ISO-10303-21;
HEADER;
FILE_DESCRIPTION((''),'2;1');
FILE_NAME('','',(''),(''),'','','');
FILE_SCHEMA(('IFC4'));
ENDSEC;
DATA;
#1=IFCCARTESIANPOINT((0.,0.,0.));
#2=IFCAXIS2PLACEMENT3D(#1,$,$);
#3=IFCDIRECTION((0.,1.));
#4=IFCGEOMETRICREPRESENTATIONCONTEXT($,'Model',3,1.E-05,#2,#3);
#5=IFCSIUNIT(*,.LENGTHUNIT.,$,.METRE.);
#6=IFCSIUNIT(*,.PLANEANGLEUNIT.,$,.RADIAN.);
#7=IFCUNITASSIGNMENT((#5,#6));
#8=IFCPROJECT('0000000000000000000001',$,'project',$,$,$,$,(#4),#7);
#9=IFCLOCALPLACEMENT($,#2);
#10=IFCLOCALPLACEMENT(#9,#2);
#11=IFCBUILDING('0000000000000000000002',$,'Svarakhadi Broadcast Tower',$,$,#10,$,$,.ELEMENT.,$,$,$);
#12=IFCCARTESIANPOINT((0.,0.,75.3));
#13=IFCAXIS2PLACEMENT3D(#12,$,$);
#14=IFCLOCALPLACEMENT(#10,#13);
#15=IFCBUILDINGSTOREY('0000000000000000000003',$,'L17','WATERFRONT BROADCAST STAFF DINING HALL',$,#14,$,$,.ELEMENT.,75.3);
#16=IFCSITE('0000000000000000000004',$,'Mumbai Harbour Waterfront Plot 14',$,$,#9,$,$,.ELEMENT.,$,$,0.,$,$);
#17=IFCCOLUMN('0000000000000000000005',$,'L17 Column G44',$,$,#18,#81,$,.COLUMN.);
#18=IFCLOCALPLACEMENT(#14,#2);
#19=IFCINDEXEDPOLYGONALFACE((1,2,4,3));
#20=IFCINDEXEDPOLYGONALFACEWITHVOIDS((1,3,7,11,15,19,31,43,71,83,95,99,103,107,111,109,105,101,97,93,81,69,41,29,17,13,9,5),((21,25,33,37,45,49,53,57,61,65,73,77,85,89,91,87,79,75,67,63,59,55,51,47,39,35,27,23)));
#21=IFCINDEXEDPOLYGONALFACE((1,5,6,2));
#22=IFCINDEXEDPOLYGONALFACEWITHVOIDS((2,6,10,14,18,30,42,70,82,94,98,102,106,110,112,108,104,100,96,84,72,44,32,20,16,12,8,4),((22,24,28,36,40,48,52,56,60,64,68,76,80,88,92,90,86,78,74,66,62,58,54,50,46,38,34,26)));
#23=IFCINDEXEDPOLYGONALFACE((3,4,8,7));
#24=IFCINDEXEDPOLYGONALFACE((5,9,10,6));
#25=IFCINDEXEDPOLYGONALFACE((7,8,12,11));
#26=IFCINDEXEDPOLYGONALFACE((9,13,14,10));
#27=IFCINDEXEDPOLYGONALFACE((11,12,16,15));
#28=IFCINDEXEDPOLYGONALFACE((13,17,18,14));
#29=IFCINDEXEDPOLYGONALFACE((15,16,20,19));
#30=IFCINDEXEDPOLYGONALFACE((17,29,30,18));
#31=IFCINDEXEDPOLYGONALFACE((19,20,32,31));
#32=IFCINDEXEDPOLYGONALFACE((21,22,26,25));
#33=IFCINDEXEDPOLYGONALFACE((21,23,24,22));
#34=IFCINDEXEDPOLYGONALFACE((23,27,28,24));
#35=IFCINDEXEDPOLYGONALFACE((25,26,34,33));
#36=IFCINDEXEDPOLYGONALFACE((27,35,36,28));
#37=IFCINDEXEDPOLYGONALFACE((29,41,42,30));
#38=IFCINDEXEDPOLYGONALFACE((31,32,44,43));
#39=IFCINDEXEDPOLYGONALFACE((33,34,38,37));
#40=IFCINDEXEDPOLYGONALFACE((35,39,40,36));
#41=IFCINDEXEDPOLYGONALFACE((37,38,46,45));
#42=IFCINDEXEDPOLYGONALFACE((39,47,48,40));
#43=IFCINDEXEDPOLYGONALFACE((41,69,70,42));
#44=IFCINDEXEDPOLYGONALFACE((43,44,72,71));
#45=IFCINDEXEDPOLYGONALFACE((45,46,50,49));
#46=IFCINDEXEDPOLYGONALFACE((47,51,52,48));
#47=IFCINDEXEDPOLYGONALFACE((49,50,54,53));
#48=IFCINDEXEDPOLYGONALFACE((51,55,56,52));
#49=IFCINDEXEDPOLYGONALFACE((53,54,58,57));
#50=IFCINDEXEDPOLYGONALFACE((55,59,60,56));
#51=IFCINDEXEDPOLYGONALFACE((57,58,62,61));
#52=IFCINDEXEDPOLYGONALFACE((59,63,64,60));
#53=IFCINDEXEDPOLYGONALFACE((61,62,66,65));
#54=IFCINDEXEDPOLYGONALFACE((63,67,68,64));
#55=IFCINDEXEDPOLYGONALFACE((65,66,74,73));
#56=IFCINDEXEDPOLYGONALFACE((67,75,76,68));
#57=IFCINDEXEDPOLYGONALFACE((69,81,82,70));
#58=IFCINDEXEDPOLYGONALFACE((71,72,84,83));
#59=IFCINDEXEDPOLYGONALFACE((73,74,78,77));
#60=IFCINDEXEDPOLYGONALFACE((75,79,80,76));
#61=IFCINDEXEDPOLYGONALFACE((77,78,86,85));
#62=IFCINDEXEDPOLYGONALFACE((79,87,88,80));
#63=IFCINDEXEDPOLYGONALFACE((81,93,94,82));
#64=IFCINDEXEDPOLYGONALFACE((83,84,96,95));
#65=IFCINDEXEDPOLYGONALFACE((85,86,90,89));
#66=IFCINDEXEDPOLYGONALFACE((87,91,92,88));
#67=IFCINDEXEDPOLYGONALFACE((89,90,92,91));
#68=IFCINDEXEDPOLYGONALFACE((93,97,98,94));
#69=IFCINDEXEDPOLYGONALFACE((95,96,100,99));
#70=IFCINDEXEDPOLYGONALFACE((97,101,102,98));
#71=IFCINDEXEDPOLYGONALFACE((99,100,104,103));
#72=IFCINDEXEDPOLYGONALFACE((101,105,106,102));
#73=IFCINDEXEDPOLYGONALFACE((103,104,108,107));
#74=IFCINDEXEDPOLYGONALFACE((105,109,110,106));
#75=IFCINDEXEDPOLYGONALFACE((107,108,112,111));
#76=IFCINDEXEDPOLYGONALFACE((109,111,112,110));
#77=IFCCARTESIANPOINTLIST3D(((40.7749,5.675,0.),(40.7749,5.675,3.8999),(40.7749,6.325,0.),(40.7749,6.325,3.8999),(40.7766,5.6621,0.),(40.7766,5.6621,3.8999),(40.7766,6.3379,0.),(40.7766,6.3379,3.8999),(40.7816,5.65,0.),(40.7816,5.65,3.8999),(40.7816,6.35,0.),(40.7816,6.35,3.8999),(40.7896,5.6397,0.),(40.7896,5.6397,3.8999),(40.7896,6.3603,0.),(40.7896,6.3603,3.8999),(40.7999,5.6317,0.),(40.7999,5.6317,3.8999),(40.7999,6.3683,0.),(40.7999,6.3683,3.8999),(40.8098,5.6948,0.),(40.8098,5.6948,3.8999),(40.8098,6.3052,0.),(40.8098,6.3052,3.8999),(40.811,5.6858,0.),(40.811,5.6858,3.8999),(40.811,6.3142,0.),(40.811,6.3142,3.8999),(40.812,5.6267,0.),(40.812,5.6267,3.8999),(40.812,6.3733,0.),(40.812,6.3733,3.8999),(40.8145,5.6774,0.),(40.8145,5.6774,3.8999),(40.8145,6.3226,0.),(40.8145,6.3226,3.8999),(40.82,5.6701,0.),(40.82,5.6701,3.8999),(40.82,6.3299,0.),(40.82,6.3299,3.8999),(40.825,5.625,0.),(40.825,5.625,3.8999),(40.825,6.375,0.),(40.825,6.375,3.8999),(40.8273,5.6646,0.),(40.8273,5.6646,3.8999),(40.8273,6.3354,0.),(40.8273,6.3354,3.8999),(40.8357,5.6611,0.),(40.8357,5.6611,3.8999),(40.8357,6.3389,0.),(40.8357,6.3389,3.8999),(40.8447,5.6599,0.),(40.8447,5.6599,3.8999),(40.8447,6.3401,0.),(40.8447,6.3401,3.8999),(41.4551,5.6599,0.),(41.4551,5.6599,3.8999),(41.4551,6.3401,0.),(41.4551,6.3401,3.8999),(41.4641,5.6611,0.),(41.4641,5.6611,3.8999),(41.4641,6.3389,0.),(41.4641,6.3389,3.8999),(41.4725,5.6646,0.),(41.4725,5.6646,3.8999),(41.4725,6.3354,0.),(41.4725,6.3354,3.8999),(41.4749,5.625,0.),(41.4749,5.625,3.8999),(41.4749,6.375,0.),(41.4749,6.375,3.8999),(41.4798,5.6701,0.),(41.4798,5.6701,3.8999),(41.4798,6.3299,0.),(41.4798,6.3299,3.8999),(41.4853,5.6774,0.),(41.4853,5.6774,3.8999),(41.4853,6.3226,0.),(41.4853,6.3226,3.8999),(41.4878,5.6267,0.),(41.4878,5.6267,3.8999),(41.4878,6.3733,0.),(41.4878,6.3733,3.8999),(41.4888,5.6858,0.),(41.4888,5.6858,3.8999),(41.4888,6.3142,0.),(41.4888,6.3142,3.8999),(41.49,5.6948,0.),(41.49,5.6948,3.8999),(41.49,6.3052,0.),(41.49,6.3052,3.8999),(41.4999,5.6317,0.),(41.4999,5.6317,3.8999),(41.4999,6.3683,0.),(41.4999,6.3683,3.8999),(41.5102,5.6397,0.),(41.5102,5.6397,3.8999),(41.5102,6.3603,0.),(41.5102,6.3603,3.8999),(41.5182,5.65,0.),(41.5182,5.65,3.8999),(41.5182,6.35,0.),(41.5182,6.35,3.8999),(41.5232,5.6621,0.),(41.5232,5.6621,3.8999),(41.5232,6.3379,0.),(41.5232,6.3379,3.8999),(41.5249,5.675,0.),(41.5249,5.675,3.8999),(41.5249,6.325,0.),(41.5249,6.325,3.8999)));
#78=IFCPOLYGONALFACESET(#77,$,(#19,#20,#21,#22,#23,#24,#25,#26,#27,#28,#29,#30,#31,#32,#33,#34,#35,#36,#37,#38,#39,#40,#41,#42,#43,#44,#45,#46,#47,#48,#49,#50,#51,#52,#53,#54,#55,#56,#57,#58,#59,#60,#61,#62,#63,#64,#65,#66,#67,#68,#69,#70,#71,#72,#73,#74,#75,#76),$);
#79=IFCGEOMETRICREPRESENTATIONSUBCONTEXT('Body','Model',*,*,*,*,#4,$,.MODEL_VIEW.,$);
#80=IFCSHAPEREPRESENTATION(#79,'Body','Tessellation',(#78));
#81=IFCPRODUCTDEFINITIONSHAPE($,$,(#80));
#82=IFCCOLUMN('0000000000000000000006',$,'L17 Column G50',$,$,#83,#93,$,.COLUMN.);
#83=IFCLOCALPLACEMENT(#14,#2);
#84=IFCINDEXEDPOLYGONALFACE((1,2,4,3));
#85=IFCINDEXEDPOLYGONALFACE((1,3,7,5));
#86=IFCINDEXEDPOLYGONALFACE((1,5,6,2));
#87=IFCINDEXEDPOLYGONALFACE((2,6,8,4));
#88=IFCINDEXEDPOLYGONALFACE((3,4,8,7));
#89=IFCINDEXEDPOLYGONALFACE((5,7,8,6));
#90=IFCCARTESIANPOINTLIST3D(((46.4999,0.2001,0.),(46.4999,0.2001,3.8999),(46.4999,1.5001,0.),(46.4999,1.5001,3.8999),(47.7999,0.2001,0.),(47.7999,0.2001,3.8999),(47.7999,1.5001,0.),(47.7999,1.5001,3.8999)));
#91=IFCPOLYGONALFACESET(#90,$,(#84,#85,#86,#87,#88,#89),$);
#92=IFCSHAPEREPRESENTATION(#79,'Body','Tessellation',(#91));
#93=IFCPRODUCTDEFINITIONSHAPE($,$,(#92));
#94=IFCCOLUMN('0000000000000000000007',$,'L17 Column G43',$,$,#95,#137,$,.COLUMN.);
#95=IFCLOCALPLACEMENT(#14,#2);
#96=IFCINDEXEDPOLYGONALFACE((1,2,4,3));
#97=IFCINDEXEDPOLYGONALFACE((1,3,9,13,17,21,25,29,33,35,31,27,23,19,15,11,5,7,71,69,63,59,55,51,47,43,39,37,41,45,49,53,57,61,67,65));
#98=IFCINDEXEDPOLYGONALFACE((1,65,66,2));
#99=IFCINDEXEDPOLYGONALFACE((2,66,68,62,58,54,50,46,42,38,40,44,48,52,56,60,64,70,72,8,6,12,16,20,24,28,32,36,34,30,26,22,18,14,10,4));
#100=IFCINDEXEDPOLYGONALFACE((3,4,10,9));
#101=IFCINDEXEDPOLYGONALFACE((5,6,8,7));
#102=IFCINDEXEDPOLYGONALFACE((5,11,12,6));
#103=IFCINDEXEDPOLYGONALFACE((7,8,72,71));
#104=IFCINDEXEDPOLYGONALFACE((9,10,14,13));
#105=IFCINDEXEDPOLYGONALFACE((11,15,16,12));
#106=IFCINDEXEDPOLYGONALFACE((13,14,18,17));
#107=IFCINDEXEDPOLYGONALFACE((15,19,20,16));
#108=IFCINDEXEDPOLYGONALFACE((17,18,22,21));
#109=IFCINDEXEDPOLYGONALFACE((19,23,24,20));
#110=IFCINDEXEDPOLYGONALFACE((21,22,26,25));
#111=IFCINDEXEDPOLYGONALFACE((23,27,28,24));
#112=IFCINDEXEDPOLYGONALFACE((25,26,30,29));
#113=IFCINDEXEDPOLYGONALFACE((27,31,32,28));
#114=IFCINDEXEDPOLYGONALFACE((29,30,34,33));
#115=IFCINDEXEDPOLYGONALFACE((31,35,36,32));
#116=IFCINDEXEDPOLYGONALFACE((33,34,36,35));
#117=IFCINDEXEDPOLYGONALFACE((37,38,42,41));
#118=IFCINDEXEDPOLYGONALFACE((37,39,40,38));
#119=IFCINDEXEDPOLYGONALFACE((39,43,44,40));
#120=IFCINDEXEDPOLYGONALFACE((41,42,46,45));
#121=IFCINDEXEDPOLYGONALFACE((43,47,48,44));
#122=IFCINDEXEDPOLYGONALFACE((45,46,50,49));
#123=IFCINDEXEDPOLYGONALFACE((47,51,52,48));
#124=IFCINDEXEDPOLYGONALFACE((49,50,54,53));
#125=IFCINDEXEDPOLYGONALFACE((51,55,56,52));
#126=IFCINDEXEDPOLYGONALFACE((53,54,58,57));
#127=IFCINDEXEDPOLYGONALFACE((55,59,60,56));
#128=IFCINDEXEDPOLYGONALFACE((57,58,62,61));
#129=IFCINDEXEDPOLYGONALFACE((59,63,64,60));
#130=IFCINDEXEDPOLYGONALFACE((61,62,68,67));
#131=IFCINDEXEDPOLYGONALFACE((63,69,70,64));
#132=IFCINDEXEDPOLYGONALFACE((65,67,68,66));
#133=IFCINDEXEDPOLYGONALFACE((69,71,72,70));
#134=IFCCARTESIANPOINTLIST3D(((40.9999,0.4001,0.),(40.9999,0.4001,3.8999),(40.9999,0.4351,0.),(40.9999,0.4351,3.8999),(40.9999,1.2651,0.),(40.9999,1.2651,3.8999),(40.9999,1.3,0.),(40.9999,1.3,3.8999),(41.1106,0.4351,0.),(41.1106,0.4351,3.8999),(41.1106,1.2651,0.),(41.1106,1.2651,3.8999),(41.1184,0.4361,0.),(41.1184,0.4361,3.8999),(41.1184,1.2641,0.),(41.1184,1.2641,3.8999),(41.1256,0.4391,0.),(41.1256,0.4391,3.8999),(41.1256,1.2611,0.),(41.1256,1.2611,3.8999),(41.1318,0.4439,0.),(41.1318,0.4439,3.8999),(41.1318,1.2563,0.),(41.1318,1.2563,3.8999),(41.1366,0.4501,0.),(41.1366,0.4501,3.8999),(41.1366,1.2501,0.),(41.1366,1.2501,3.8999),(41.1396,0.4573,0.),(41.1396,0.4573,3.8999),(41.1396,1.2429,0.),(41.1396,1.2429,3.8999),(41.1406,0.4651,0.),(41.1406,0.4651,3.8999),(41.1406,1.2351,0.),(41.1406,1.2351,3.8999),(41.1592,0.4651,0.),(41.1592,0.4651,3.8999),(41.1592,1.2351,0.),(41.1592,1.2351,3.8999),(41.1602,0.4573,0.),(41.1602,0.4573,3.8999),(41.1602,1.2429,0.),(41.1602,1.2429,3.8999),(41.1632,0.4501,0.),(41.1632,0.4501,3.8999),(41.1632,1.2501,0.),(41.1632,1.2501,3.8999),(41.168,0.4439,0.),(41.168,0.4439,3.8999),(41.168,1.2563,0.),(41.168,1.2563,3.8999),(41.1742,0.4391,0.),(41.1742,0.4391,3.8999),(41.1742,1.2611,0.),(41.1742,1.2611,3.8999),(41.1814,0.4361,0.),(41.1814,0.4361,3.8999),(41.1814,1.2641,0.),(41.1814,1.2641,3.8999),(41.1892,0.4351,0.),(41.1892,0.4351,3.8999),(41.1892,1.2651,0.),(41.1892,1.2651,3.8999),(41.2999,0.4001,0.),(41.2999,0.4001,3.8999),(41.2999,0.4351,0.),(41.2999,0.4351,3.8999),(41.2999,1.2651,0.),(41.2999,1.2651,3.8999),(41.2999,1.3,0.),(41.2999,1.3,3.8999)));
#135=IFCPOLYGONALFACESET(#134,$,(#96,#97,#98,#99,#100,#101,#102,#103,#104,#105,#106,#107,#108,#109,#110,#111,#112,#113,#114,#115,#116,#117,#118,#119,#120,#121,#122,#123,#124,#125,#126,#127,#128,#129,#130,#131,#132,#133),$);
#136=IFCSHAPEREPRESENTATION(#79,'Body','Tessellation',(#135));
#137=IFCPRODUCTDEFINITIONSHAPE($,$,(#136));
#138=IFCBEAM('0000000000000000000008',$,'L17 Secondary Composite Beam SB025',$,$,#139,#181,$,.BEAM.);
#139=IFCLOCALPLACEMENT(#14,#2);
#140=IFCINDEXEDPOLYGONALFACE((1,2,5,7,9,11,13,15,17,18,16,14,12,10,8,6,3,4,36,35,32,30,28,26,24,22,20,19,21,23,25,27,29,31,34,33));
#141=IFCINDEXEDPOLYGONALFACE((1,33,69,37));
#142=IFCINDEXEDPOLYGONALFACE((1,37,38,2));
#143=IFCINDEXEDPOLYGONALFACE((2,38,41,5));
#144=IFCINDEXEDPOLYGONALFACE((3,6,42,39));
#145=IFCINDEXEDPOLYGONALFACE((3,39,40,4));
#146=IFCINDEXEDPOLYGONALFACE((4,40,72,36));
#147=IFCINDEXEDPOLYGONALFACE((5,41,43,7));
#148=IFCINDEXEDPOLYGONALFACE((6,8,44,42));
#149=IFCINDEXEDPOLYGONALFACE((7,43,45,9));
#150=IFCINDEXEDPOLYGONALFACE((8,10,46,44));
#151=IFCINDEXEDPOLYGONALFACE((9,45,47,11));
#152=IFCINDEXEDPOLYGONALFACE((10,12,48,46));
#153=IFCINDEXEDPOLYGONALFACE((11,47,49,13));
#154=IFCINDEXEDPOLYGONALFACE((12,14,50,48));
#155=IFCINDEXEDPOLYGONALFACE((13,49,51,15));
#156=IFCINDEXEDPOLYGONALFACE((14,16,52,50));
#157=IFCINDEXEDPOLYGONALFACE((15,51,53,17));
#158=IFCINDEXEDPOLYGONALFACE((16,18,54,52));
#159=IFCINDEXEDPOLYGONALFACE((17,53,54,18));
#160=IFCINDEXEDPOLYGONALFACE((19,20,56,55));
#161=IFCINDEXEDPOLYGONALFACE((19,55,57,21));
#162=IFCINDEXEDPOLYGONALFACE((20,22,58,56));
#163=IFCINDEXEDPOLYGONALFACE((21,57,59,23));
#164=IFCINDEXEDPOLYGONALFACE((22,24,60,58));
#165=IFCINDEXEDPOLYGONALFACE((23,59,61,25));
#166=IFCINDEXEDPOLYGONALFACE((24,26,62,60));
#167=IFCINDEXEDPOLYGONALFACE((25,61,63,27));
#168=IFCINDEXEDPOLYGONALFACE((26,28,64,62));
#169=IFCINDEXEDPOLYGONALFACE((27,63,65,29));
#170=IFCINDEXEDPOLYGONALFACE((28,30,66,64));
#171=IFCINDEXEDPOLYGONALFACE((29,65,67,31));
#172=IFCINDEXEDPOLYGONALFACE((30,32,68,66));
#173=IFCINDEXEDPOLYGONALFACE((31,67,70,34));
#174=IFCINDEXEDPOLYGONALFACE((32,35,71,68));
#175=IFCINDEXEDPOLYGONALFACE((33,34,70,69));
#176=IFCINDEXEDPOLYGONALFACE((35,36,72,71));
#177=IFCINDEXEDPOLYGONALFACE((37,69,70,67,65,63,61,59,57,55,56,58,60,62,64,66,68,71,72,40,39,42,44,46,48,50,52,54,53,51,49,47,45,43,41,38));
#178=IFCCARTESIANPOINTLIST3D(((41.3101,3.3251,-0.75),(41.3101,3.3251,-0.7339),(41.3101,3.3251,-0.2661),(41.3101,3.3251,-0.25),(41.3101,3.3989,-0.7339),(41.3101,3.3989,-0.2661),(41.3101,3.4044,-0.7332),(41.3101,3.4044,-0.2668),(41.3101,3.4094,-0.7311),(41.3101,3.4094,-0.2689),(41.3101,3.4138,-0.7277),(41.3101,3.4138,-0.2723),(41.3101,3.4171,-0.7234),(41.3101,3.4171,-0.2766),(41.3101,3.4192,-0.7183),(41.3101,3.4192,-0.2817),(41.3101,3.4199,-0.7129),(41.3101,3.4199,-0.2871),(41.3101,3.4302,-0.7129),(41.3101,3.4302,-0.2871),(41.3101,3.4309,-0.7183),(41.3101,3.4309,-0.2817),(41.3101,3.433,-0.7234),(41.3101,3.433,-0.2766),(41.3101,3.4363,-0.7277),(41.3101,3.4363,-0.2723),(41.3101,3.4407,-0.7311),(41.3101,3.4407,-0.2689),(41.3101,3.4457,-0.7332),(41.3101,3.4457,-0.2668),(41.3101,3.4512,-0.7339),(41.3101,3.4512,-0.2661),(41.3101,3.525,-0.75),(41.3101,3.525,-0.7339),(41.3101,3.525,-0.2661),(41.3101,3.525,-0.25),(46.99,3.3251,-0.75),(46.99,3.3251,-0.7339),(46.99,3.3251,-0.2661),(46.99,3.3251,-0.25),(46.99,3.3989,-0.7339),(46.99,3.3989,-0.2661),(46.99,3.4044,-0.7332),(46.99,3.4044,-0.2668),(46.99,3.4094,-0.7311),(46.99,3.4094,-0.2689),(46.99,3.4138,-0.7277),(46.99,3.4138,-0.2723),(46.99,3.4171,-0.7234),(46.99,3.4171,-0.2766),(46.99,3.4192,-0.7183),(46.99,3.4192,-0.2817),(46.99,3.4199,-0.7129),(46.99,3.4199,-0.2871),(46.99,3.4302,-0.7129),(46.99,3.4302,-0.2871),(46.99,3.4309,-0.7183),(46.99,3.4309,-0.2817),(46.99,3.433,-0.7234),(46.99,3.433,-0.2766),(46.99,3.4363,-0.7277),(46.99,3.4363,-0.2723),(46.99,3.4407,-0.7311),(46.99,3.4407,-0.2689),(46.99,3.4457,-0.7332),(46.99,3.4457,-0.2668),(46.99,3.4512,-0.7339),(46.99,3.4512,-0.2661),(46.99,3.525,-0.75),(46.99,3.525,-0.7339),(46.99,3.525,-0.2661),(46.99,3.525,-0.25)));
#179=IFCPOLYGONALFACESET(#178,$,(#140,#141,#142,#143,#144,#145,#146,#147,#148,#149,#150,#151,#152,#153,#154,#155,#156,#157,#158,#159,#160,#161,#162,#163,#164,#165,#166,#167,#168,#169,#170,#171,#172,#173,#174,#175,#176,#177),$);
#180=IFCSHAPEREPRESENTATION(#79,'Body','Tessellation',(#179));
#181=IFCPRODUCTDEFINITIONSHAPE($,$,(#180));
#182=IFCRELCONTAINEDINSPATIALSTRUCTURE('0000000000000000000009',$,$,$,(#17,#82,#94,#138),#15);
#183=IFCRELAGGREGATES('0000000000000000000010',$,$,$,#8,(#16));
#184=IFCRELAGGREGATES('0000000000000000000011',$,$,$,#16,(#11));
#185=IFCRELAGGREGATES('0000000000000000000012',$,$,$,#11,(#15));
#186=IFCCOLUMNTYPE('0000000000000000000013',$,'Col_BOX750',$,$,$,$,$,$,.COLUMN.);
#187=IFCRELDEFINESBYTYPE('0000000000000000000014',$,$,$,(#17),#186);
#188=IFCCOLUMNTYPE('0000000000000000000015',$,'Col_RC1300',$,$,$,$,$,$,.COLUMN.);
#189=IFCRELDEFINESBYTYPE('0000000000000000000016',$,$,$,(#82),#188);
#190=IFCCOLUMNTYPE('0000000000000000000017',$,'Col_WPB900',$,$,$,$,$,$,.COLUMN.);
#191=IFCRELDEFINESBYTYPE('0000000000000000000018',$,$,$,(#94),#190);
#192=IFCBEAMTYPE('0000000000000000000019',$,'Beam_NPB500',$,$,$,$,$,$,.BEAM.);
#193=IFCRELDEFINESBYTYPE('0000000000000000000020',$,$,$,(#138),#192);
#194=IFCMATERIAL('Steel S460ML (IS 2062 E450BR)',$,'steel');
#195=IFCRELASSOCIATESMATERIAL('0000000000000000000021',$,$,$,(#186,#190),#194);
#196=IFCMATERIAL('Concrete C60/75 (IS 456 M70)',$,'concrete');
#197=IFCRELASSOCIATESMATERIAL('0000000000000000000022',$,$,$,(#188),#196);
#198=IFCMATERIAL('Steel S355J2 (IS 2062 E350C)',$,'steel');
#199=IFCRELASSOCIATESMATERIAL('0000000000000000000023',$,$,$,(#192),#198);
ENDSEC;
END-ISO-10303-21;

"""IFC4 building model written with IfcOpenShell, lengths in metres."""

from ifc_helpers import new_model, si_unit, direction, frame, origin, origin_2d, place, context, subcontext, project, spatial, rectangle, hollow_rectangle, i_section, extrude, material, material_profile, profile_set, type_object, element, save


model = new_model("IFC4")

# Units and contexts
model_context = context("Model", 3, precision=1e-05, world=origin(), true_north=direction((0.0, 1.0)))
body_context = subcontext(model_context, "Body", "Model", "MODEL_VIEW")
ifc_project = project(units=[si_unit("LENGTHUNIT", "METRE"), si_unit("PLANEANGLEUNIT", "RADIAN")], contexts=[model_context])

# Site, building, storey
site_placement = place(None, origin())
site = spatial("IfcSite", under=ifc_project, at=site_placement, Name="Mumbai Harbour Waterfront Plot 14", CompositionType="ELEMENT", RefElevation=0.0)
building_placement = place(site_placement, origin())
building = spatial("IfcBuilding", under=site, at=building_placement, Name="Svarakhadi Broadcast Tower", CompositionType="ELEMENT")
storey_placement = place(building_placement, frame((0.0, 0.0, 75.3)))
storey = spatial("IfcBuildingStorey", under=building, at=storey_placement, Name="L17", Description="WATERFRONT BROADCAST STAFF DINING HALL", CompositionType="ELEMENT", Elevation=75.3)

# Columns
ifc_material_1 = material(Name="Steel S460ML (IS 2062 E450BR)", Category="steel")
ifc_material_profile_1 = material_profile(ifc_material_1, hollow_rectangle(XDim=0.75, YDim=0.75, WallThickness=0.0349, InnerFilletRadius=0.0349, OuterFilletRadius=0.05, at=origin_2d()), Name="BOX 750x750x35")
ifc_profile_set_1 = profile_set([ifc_material_profile_1], Name="Steel S460ML (IS 2062 E450BR)")
column_type_1 = type_object("IfcColumnType", Name="Col_BOX750", PredefinedType="COLUMN", material=ifc_profile_set_1)
column_1_placement = place(storey_placement, frame((41.1499, 6.0, 0.0), z_axis=(0.0, 0.0, 1.0), x_axis=(1.0, 0.0, 0.0)))
element("IfcColumn", 1, at=column_1_placement, inside=storey, type_object=column_type_1, Name="L17 Column G44", PredefinedType="COLUMN", context=body_context, shape_type="SweptSolid", body=[
    extrude(hollow_rectangle(XDim=0.75, YDim=0.75, WallThickness=0.0349, InnerFilletRadius=0.0349, OuterFilletRadius=0.05, at=origin_2d()), origin(), (0.0, 0.0, 1.0), 3.8999),
])
ifc_material_2 = material(Name="Concrete C60/75 (IS 456 M70)", Category="concrete")
ifc_material_profile_2 = material_profile(ifc_material_2, rectangle(XDim=1.3, YDim=1.3, at=origin_2d()), Name="RC 1300x1300")
ifc_profile_set_2 = profile_set([ifc_material_profile_2], Name="Concrete C60/75 (IS 456 M70)")
column_type_2 = type_object("IfcColumnType", Name="Col_RC1300", PredefinedType="COLUMN", material=ifc_profile_set_2)
column_2_placement = place(storey_placement, frame((47.1499, 0.8501, 0.0), z_axis=(0.0, 0.0, 1.0), x_axis=(1.0, 0.0, 0.0)))
element("IfcColumn", 2, at=column_2_placement, inside=storey, type_object=column_type_2, Name="L17 Column G50", PredefinedType="COLUMN", context=body_context, shape_type="SweptSolid", body=[
    extrude(rectangle(XDim=1.3, YDim=1.3, at=origin_2d()), origin(), (0.0, 0.0, 1.0), 3.8999),
])
ifc_material_profile_3 = material_profile(ifc_material_1, i_section(OverallWidth=0.3, OverallDepth=0.8999, WebThickness=0.0186, FlangeThickness=0.0349, FilletRadius=0.03, at=origin_2d()), Name="WPB 900x300x291")
ifc_profile_set_3 = profile_set([ifc_material_profile_3], Name="Steel S460ML (IS 2062 E450BR)")
column_type_3 = type_object("IfcColumnType", Name="Col_WPB900", PredefinedType="COLUMN", material=ifc_profile_set_3)
column_3_placement = place(storey_placement, frame((41.1499, 0.8501, 0.0), z_axis=(0.0, 0.0, 1.0), x_axis=(1.0, 0.0, 0.0)))
element("IfcColumn", 3, at=column_3_placement, inside=storey, type_object=column_type_3, Name="L17 Column G43", PredefinedType="COLUMN", context=body_context, shape_type="SweptSolid", body=[
    extrude(i_section(OverallWidth=0.3, OverallDepth=0.8999, WebThickness=0.0186, FlangeThickness=0.0349, FilletRadius=0.03, at=origin_2d()), origin(), (0.0, 0.0, 1.0), 3.8999),
])

# Beam
ifc_material_3 = material(Name="Steel S355J2 (IS 2062 E350C)", Category="steel")
ifc_material_profile_4 = material_profile(ifc_material_3, i_section(OverallWidth=0.2, OverallDepth=0.5, WebThickness=0.0103, FlangeThickness=0.0161, FilletRadius=0.021, at=origin_2d()), Name="NPB 500x200x91")
ifc_profile_set_4 = profile_set([ifc_material_profile_4], Name="Steel S355J2 (IS 2062 E350C)")
beam_type_1 = type_object("IfcBeamType", Name="Beam_NPB500", PredefinedType="BEAM", material=ifc_profile_set_4)
for number, where, z_axis, x_axis, name in (
    (4, (41.3101, 3.425, -0.5), (1.0, 0.0, 0.0), (0.0, 1.0, 0.0), "L17 Secondary Composite Beam SB025"),
):
    element("IfcBeam", number, at=place(storey_placement, frame(where, z_axis=z_axis, x_axis=x_axis)), inside=storey, type_object=beam_type_1, Name=name, PredefinedType="BEAM", context=body_context, shape_type="SweptSolid", body=[
        extrude(i_section(OverallWidth=0.2, OverallDepth=0.5, WebThickness=0.0103, FlangeThickness=0.0161, FilletRadius=0.021, at=origin_2d()), origin(), (0.0, 0.0, 1.0), 5.6799),
    ])

save(model, "model.ifc")
